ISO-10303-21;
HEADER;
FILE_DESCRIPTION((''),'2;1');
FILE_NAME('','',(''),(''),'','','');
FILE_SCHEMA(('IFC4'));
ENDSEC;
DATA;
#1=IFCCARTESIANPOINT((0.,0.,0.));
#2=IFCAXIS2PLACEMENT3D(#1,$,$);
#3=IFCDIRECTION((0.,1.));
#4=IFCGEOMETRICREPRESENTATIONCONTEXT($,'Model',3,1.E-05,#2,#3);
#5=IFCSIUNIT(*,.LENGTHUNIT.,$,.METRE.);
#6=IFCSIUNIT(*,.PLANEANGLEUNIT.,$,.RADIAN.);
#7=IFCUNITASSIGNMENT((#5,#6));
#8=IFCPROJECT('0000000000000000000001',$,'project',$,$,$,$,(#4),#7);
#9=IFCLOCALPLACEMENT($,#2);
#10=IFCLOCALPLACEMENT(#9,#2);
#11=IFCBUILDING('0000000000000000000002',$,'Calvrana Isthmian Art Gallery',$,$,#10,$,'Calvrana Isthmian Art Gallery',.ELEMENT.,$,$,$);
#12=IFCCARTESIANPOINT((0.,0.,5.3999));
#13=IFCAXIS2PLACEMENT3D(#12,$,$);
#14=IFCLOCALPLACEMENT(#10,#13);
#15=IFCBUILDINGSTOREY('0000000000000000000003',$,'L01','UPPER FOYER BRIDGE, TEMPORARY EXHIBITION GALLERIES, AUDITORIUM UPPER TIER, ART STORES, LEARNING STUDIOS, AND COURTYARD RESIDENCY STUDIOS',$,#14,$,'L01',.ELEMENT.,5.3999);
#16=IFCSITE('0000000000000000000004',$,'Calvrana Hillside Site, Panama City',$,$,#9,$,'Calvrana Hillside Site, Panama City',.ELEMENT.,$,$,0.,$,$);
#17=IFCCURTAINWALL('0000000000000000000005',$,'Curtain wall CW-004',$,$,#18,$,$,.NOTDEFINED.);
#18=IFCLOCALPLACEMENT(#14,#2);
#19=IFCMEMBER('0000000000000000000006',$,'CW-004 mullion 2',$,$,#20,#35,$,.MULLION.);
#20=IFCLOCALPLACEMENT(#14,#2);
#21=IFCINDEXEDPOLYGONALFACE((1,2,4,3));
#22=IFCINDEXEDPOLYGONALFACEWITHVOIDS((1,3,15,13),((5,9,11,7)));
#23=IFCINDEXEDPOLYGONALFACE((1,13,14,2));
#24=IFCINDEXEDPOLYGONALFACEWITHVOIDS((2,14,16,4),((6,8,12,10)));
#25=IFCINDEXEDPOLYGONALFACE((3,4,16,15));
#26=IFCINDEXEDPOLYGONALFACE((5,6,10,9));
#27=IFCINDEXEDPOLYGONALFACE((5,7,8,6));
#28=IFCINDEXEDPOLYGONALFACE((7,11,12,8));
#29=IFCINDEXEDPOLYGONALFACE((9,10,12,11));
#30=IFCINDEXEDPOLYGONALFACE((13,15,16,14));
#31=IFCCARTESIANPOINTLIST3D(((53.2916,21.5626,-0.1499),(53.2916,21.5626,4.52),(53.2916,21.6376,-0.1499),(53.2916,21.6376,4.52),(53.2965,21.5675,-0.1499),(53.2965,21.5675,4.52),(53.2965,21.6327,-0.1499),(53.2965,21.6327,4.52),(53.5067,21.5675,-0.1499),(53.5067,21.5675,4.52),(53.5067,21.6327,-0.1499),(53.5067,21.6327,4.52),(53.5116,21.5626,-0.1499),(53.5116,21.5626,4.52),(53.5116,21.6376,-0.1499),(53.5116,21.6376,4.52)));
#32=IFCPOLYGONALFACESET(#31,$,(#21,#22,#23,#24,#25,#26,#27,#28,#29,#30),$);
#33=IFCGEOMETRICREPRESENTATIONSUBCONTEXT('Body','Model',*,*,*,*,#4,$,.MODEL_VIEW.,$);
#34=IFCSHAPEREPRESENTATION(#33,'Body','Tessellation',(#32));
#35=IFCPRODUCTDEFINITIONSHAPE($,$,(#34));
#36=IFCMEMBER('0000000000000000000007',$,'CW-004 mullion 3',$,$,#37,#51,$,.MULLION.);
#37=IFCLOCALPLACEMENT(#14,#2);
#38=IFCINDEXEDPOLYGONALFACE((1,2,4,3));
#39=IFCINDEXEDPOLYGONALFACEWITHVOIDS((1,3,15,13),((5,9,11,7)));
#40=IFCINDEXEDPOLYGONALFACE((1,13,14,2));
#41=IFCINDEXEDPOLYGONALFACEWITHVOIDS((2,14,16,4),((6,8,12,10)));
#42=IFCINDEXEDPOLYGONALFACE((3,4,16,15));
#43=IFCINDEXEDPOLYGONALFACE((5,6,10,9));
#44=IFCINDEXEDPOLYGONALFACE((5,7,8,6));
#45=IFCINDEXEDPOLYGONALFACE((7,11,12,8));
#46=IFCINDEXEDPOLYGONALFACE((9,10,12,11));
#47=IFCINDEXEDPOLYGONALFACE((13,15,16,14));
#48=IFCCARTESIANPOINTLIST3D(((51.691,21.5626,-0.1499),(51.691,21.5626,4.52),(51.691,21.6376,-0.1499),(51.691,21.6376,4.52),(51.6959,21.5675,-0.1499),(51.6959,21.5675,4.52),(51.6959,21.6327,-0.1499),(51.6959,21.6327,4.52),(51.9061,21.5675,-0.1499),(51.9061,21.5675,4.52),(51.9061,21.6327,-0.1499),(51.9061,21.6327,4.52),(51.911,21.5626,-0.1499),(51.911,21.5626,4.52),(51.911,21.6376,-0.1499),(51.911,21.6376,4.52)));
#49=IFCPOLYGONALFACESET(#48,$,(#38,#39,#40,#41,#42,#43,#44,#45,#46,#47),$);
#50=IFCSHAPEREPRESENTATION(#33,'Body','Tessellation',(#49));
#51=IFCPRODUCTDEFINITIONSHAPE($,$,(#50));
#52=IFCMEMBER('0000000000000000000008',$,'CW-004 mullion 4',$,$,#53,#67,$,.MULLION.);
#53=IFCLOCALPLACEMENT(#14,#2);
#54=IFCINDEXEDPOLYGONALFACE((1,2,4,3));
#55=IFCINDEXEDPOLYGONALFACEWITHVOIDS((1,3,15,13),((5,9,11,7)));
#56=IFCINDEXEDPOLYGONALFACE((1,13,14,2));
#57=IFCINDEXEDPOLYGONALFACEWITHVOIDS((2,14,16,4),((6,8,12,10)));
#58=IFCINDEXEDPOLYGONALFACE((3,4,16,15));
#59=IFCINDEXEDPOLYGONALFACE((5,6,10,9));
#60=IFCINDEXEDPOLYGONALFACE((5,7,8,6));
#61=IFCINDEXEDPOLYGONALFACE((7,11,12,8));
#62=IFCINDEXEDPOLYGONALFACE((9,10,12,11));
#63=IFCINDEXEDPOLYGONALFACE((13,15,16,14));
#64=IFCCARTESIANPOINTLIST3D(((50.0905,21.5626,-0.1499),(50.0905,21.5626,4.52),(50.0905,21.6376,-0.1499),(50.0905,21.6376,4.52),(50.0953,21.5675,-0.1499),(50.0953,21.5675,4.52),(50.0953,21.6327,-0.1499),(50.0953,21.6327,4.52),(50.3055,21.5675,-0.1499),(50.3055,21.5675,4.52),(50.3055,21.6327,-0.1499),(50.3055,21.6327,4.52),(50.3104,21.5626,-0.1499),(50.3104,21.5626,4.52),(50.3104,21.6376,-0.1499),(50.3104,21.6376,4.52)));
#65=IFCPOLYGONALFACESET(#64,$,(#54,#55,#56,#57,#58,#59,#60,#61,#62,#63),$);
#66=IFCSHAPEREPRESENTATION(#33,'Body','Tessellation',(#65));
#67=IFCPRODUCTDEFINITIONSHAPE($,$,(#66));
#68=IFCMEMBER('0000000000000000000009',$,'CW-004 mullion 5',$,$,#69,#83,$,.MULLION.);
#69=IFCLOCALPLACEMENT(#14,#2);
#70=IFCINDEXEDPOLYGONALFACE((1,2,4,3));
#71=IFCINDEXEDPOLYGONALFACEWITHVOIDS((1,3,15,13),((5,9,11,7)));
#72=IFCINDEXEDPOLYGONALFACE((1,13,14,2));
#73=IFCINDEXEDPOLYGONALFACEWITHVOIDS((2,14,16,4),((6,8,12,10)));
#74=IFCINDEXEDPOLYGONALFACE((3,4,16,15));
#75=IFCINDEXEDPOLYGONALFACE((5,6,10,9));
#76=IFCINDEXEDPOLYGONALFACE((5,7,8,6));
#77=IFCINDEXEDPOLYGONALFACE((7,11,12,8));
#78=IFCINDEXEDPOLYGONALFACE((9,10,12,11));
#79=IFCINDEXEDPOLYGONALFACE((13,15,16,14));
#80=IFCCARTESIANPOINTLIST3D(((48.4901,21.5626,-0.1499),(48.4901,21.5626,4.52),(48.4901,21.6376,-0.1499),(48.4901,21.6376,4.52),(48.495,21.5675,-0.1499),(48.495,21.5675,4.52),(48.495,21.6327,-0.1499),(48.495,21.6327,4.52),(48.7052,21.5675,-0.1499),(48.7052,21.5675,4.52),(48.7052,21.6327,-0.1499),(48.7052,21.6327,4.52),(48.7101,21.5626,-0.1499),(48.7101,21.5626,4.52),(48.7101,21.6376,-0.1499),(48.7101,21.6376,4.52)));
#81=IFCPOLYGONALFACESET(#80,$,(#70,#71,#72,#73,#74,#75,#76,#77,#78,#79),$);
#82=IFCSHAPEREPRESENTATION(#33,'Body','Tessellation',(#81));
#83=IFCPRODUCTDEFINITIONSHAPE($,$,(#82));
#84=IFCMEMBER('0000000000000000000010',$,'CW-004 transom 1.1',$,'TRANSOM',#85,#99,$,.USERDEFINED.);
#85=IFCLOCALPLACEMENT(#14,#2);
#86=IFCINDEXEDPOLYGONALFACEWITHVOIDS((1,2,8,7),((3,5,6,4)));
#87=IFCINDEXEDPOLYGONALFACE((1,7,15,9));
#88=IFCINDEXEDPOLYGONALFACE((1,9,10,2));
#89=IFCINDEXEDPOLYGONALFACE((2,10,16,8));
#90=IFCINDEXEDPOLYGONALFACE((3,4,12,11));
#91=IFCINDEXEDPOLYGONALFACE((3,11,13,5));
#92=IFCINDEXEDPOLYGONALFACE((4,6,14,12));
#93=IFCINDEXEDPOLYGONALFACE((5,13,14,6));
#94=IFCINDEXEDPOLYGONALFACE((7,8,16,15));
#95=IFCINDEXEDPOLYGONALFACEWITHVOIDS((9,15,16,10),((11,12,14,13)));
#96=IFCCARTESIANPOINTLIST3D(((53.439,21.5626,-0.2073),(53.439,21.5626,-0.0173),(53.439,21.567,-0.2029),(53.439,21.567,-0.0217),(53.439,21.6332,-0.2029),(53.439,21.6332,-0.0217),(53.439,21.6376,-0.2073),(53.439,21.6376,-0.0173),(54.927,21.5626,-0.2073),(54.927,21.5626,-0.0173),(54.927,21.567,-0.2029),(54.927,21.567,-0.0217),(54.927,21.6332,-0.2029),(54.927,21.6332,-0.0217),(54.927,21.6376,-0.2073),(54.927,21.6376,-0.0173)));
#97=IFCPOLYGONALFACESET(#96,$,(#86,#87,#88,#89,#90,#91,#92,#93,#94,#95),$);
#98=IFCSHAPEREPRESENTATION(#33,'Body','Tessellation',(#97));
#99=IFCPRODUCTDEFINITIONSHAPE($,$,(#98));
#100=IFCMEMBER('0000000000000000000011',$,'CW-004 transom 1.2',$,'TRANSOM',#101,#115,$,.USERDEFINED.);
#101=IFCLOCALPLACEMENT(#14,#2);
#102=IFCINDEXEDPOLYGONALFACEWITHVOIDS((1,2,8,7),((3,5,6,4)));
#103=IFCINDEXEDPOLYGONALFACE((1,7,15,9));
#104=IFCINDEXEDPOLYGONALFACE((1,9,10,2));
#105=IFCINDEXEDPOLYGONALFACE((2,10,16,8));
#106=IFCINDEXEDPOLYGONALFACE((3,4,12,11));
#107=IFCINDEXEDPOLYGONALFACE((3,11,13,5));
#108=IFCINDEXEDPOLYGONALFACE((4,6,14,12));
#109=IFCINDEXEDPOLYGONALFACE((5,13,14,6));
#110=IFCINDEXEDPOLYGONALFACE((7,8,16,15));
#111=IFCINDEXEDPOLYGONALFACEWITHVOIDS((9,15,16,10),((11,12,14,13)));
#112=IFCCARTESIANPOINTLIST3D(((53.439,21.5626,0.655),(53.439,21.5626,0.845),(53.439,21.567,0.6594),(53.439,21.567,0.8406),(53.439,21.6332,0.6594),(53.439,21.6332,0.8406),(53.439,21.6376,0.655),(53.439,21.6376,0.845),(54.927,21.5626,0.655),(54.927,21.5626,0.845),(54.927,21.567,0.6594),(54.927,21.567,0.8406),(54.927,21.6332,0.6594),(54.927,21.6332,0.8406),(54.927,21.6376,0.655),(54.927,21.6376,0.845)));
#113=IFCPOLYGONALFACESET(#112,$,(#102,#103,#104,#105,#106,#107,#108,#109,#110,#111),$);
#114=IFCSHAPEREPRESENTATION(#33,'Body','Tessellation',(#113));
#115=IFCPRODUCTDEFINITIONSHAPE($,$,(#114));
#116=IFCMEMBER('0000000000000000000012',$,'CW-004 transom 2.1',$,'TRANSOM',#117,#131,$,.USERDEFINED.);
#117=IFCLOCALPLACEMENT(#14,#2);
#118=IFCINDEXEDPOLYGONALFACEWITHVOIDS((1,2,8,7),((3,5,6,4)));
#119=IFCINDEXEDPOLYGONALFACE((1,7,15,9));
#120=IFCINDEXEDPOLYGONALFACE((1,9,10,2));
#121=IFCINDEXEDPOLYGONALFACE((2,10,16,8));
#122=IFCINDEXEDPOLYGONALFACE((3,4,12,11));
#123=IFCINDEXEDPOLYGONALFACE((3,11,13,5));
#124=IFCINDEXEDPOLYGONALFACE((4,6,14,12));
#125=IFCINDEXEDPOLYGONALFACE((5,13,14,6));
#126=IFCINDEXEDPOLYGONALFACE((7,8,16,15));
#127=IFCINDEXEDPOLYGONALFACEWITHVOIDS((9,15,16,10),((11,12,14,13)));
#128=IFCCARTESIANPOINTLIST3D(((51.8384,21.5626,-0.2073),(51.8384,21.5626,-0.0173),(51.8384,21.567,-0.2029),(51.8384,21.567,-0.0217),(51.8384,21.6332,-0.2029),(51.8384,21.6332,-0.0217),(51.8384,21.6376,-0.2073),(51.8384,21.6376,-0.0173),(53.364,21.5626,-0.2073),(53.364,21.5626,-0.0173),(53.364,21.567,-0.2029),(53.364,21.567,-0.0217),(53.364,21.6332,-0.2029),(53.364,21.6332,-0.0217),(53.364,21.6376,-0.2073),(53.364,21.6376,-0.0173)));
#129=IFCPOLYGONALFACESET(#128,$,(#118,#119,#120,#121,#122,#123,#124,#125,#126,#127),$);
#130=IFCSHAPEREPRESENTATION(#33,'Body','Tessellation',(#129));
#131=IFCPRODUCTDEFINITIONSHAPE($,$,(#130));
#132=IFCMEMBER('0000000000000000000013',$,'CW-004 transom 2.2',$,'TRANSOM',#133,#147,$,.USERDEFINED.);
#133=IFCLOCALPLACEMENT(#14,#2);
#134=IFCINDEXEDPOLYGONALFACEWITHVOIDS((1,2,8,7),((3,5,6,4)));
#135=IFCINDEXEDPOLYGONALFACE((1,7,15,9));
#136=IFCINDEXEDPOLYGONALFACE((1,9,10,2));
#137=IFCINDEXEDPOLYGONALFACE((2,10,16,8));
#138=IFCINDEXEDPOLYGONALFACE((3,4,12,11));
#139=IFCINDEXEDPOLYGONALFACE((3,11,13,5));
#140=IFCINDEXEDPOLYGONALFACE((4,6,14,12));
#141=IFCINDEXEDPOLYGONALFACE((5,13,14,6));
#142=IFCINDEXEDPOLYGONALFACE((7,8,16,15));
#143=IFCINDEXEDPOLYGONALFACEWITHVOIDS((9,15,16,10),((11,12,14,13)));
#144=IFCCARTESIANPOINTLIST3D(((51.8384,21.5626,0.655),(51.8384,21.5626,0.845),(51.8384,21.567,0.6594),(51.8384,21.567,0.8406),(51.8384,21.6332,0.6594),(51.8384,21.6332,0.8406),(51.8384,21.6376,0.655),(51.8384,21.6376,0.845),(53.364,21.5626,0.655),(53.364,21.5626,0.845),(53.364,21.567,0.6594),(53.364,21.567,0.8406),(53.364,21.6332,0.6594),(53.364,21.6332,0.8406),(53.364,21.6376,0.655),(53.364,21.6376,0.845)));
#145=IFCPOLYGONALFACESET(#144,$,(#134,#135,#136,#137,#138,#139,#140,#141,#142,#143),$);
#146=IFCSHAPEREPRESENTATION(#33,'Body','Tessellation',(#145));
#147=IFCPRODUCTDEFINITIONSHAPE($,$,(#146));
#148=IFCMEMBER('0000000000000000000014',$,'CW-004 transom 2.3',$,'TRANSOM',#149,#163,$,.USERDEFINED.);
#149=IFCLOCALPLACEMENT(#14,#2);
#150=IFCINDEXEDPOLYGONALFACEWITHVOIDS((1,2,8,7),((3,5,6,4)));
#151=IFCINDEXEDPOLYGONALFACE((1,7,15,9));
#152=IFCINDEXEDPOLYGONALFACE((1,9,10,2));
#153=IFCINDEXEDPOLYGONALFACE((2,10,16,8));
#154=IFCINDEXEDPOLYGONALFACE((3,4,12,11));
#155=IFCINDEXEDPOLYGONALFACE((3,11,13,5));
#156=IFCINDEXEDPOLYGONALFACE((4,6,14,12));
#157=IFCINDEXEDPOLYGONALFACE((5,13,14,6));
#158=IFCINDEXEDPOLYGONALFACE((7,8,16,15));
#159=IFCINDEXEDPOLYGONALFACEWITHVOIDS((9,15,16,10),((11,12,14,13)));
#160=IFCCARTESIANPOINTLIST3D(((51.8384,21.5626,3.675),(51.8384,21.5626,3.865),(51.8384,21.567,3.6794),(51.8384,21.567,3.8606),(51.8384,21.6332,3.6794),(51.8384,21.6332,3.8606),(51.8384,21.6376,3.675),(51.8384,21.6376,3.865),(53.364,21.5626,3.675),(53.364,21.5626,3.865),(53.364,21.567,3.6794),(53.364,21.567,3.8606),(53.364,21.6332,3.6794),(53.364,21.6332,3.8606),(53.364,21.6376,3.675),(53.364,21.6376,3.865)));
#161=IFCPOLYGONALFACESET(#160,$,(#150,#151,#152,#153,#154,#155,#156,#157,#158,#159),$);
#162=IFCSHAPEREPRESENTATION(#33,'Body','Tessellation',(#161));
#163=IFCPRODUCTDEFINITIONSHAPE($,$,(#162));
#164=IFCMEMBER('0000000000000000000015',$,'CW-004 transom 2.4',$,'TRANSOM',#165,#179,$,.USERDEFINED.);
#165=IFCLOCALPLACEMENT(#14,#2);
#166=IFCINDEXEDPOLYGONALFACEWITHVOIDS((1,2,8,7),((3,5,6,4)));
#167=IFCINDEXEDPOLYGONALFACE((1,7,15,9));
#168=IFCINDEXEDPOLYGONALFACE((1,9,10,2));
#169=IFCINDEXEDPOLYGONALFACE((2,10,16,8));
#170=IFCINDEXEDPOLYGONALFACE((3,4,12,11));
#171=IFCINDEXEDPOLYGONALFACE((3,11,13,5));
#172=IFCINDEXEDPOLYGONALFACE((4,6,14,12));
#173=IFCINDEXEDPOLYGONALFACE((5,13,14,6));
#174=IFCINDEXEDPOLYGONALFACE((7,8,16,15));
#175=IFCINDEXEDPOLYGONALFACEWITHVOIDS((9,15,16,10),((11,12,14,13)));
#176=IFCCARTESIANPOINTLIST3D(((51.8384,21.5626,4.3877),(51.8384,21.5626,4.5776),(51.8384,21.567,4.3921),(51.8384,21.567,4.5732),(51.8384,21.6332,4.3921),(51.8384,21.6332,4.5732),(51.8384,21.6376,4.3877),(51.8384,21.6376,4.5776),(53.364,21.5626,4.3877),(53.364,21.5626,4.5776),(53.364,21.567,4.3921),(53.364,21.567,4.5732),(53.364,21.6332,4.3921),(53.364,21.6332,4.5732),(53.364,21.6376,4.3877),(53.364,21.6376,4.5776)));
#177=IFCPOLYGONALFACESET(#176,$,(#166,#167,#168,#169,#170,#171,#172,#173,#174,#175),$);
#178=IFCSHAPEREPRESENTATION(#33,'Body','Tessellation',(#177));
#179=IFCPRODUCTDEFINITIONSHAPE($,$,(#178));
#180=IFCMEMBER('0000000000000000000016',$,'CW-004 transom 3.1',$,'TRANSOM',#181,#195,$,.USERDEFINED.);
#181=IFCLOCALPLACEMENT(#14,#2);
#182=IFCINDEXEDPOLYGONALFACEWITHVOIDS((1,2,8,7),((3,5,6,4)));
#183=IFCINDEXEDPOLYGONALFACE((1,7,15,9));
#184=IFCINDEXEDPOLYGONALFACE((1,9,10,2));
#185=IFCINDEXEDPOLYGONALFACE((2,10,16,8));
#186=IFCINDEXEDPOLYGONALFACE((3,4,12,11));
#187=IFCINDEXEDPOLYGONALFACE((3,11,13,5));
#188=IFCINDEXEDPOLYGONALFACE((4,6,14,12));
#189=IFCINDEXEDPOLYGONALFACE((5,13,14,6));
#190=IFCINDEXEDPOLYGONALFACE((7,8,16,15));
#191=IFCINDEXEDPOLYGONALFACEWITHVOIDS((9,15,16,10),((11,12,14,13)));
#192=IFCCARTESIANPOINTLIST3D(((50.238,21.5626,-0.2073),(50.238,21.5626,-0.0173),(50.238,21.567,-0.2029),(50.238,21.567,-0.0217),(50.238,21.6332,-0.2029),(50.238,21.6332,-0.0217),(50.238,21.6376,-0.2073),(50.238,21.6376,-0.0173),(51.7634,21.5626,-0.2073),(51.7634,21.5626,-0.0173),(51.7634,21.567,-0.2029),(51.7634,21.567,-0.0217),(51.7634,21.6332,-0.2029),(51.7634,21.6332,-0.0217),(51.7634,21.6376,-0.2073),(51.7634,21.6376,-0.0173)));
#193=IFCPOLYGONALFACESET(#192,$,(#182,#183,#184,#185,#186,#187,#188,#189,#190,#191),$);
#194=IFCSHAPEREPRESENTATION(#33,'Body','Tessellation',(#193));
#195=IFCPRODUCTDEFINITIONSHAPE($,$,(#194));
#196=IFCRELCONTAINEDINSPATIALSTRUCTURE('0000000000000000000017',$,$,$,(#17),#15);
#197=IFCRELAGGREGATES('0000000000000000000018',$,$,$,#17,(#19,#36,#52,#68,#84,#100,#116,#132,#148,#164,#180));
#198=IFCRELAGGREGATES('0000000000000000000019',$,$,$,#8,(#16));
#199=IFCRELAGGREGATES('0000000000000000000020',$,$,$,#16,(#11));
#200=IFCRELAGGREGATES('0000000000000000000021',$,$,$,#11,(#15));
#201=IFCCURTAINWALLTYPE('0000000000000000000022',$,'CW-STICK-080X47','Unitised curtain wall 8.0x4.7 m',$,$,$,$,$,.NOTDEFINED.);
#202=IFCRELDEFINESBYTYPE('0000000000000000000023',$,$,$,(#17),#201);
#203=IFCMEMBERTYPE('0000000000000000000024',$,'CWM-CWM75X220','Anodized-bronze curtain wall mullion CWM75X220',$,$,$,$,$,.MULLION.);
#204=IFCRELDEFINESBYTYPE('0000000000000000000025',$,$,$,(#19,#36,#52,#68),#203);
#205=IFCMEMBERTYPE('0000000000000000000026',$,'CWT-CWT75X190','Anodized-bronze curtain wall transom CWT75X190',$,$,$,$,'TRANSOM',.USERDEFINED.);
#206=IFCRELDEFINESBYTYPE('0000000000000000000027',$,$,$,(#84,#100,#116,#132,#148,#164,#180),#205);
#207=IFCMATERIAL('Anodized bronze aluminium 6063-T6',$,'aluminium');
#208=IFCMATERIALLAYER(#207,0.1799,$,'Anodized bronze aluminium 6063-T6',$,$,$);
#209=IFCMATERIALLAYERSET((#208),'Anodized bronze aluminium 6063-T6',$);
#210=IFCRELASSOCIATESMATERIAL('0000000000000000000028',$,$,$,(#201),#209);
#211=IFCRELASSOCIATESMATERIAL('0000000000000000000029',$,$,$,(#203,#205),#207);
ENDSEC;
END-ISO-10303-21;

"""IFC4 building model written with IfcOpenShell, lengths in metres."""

from ifc_helpers import new_model, si_unit, direction, frame, origin, origin_2d, place, context, subcontext, project, spatial, hollow_rectangle, extrude, material, layer, layer_set, material_profile, profile_set, type_object, element, aggregate, save


model = new_model("IFC4")

# Units and contexts
model_context = context("Model", 3, precision=1e-05, world=origin(), true_north=direction((0.0, 1.0)))
body_context = subcontext(model_context, "Body", "Model", "MODEL_VIEW")
ifc_project = project(units=[si_unit("LENGTHUNIT", "METRE"), si_unit("PLANEANGLEUNIT", "RADIAN")], contexts=[model_context])

# Site, building, storey
site_placement = place(None, origin())
site = spatial("IfcSite", under=ifc_project, at=site_placement, Name="Calvrana Hillside Site, Panama City", LongName="Calvrana Hillside Site, Panama City", CompositionType="ELEMENT", RefElevation=0.0)
building_placement = place(site_placement, origin())
building = spatial("IfcBuilding", under=site, at=building_placement, Name="Calvrana Isthmian Art Gallery", LongName="Calvrana Isthmian Art Gallery", CompositionType="ELEMENT")
storey_placement = place(building_placement, frame((0.0, 0.0, 5.3999)))
storey = spatial("IfcBuildingStorey", under=building, at=storey_placement, Name="L01", Description="UPPER FOYER BRIDGE, TEMPORARY EXHIBITION GALLERIES, AUDITORIUM UPPER TIER, ART STORES, LEARNING STUDIOS, AND COURTYARD RESIDENCY STUDIOS", LongName="L01", CompositionType="ELEMENT", Elevation=5.3999)

# Curtain wall, members
ifc_material_1 = material(Name="Anodized bronze aluminium 6063-T6", Category="aluminium")
ifc_layer_1 = layer(ifc_material_1, 0.1799, Name="Anodized bronze aluminium 6063-T6")
ifc_layer_set_1 = layer_set([ifc_layer_1], Name="Anodized bronze aluminium 6063-T6")
curtain_wall_type = type_object("IfcCurtainWallType", Name="CW-STICK-080X47", Description="Unitised curtain wall 8.0x4.7 m", PredefinedType="NOTDEFINED", material=ifc_layer_set_1)
curtain_wall_placement = place(storey_placement, origin())
curtain_wall = element("IfcCurtainWall", 1, at=curtain_wall_placement, inside=storey, type_object=curtain_wall_type, Name="Curtain wall CW-004", PredefinedType="NOTDEFINED")
ifc_material_profile_1 = material_profile(ifc_material_1, hollow_rectangle(XDim=0.075, YDim=0.22, WallThickness=0.0049, at=origin_2d()), Name="CWM75X220")
ifc_profile_set_1 = profile_set([ifc_material_profile_1], Name="Anodized bronze aluminium 6063-T6")
member_type_1 = type_object("IfcMemberType", Name="CWM-CWM75X220", Description="Anodized-bronze curtain wall mullion CWM75X220", PredefinedType="MULLION", material=ifc_profile_set_1)
member_1_placement = place(storey_placement, frame((53.4016, 21.6001, -0.1499), z_axis=(0.0, 0.0, 1.0), x_axis=(0.0, -1.0, 0.0)))
member_1 = element("IfcMember", 2, at=member_1_placement, type_object=member_type_1, Name="CW-004 mullion 2", PredefinedType="MULLION", context=body_context, shape_type="SweptSolid", body=[
    extrude(hollow_rectangle(XDim=0.075, YDim=0.22, WallThickness=0.0049, at=origin_2d()), origin(), (0.0, 0.0, 1.0), 4.6699),
])
member_2_placement = place(storey_placement, frame((51.801, 21.6001, -0.1499), z_axis=(0.0, 0.0, 1.0), x_axis=(0.0, -1.0, 0.0)))
member_2 = element("IfcMember", 3, at=member_2_placement, type_object=member_type_1, Name="CW-004 mullion 3", PredefinedType="MULLION", context=body_context, shape_type="SweptSolid", body=[
    extrude(hollow_rectangle(XDim=0.075, YDim=0.22, WallThickness=0.0049, at=origin_2d()), origin(), (0.0, 0.0, 1.0), 4.6699),
])
member_3_placement = place(storey_placement, frame((50.2004, 21.6001, -0.1499), z_axis=(0.0, 0.0, 1.0), x_axis=(0.0, -1.0, 0.0)))
member_3 = element("IfcMember", 4, at=member_3_placement, type_object=member_type_1, Name="CW-004 mullion 4", PredefinedType="MULLION", context=body_context, shape_type="SweptSolid", body=[
    extrude(hollow_rectangle(XDim=0.075, YDim=0.22, WallThickness=0.0049, at=origin_2d()), origin(), (0.0, 0.0, 1.0), 4.6699),
])
member_4_placement = place(storey_placement, frame((48.6001, 21.6001, -0.1499), z_axis=(0.0, 0.0, 1.0), x_axis=(0.0, -1.0, 0.0)))
member_4 = element("IfcMember", 5, at=member_4_placement, type_object=member_type_1, Name="CW-004 mullion 5", PredefinedType="MULLION", context=body_context, shape_type="SweptSolid", body=[
    extrude(hollow_rectangle(XDim=0.075, YDim=0.22, WallThickness=0.0049, at=origin_2d()), origin(), (0.0, 0.0, 1.0), 4.6699),
])
ifc_material_profile_2 = material_profile(ifc_material_1, hollow_rectangle(XDim=0.075, YDim=0.1899, WallThickness=0.0044, at=origin_2d()), Name="CWT75X190")
ifc_profile_set_2 = profile_set([ifc_material_profile_2], Name="Anodized bronze aluminium 6063-T6")
member_type_2 = type_object("IfcMemberType", Name="CWT-CWT75X190", Description="Anodized-bronze curtain wall transom CWT75X190", ElementType="TRANSOM", PredefinedType="USERDEFINED", material=ifc_profile_set_2)
member_5_placement = place(storey_placement, frame((54.927, 21.6001, -0.1123), z_axis=(-1.0, 0.0, 0.0), x_axis=(0.0, -1.0, 0.0)))
member_5 = element("IfcMember", 6, at=member_5_placement, type_object=member_type_2, Name="CW-004 transom 1.1", ObjectType="TRANSOM", PredefinedType="USERDEFINED", context=body_context, shape_type="SweptSolid", body=[
    extrude(hollow_rectangle(XDim=0.075, YDim=0.1899, WallThickness=0.0044, at=origin_2d()), origin(), (0.0, 0.0, 1.0), 1.488),
])
member_6_placement = place(storey_placement, frame((54.927, 21.6001, 0.75), z_axis=(-1.0, 0.0, 0.0), x_axis=(0.0, -1.0, 0.0)))
member_6 = element("IfcMember", 7, at=member_6_placement, type_object=member_type_2, Name="CW-004 transom 1.2", ObjectType="TRANSOM", PredefinedType="USERDEFINED", context=body_context, shape_type="SweptSolid", body=[
    extrude(hollow_rectangle(XDim=0.075, YDim=0.1899, WallThickness=0.0044, at=origin_2d()), origin(), (0.0, 0.0, 1.0), 1.488),
])
member_7_placement = place(storey_placement, frame((53.364, 21.6001, -0.1123), z_axis=(-1.0, 0.0, 0.0), x_axis=(0.0, -1.0, 0.0)))
member_7 = element("IfcMember", 8, at=member_7_placement, type_object=member_type_2, Name="CW-004 transom 2.1", ObjectType="TRANSOM", PredefinedType="USERDEFINED", context=body_context, shape_type="SweptSolid", body=[
    extrude(hollow_rectangle(XDim=0.075, YDim=0.1899, WallThickness=0.0044, at=origin_2d()), origin(), (0.0, 0.0, 1.0), 1.5256),
])
member_8_placement = place(storey_placement, frame((53.364, 21.6001, 0.75), z_axis=(-1.0, 0.0, 0.0), x_axis=(0.0, -1.0, 0.0)))
member_8 = element("IfcMember", 9, at=member_8_placement, type_object=member_type_2, Name="CW-004 transom 2.2", ObjectType="TRANSOM", PredefinedType="USERDEFINED", context=body_context, shape_type="SweptSolid", body=[
    extrude(hollow_rectangle(XDim=0.075, YDim=0.1899, WallThickness=0.0044, at=origin_2d()), origin(), (0.0, 0.0, 1.0), 1.5256),
])
member_9_placement = place(storey_placement, frame((53.364, 21.6001, 3.77), z_axis=(-1.0, 0.0, 0.0), x_axis=(0.0, -1.0, 0.0)))
member_9 = element("IfcMember", 10, at=member_9_placement, type_object=member_type_2, Name="CW-004 transom 2.3", ObjectType="TRANSOM", PredefinedType="USERDEFINED", context=body_context, shape_type="SweptSolid", body=[
    extrude(hollow_rectangle(XDim=0.075, YDim=0.1899, WallThickness=0.0044, at=origin_2d()), origin(), (0.0, 0.0, 1.0), 1.5256),
])
member_10_placement = place(storey_placement, frame((53.364, 21.6001, 4.4827), z_axis=(-1.0, 0.0, 0.0), x_axis=(0.0, -1.0, 0.0)))
member_10 = element("IfcMember", 11, at=member_10_placement, type_object=member_type_2, Name="CW-004 transom 2.4", ObjectType="TRANSOM", PredefinedType="USERDEFINED", context=body_context, shape_type="SweptSolid", body=[
    extrude(hollow_rectangle(XDim=0.075, YDim=0.1899, WallThickness=0.0044, at=origin_2d()), origin(), (0.0, 0.0, 1.0), 1.5256),
])
member_11_placement = place(storey_placement, frame((51.7634, 21.6001, -0.1123), z_axis=(-1.0, 0.0, 0.0), x_axis=(0.0, -1.0, 0.0)))
member_11 = element("IfcMember", 12, at=member_11_placement, type_object=member_type_2, Name="CW-004 transom 3.1", ObjectType="TRANSOM", PredefinedType="USERDEFINED", context=body_context, shape_type="SweptSolid", body=[
    extrude(hollow_rectangle(XDim=0.075, YDim=0.1899, WallThickness=0.0044, at=origin_2d()), origin(), (0.0, 0.0, 1.0), 1.5254),
])
aggregate(curtain_wall, [member_1, member_2, member_3, member_4, member_5, member_6, member_7, member_8, member_9, member_10, member_11])

save(model, "model.ifc")
